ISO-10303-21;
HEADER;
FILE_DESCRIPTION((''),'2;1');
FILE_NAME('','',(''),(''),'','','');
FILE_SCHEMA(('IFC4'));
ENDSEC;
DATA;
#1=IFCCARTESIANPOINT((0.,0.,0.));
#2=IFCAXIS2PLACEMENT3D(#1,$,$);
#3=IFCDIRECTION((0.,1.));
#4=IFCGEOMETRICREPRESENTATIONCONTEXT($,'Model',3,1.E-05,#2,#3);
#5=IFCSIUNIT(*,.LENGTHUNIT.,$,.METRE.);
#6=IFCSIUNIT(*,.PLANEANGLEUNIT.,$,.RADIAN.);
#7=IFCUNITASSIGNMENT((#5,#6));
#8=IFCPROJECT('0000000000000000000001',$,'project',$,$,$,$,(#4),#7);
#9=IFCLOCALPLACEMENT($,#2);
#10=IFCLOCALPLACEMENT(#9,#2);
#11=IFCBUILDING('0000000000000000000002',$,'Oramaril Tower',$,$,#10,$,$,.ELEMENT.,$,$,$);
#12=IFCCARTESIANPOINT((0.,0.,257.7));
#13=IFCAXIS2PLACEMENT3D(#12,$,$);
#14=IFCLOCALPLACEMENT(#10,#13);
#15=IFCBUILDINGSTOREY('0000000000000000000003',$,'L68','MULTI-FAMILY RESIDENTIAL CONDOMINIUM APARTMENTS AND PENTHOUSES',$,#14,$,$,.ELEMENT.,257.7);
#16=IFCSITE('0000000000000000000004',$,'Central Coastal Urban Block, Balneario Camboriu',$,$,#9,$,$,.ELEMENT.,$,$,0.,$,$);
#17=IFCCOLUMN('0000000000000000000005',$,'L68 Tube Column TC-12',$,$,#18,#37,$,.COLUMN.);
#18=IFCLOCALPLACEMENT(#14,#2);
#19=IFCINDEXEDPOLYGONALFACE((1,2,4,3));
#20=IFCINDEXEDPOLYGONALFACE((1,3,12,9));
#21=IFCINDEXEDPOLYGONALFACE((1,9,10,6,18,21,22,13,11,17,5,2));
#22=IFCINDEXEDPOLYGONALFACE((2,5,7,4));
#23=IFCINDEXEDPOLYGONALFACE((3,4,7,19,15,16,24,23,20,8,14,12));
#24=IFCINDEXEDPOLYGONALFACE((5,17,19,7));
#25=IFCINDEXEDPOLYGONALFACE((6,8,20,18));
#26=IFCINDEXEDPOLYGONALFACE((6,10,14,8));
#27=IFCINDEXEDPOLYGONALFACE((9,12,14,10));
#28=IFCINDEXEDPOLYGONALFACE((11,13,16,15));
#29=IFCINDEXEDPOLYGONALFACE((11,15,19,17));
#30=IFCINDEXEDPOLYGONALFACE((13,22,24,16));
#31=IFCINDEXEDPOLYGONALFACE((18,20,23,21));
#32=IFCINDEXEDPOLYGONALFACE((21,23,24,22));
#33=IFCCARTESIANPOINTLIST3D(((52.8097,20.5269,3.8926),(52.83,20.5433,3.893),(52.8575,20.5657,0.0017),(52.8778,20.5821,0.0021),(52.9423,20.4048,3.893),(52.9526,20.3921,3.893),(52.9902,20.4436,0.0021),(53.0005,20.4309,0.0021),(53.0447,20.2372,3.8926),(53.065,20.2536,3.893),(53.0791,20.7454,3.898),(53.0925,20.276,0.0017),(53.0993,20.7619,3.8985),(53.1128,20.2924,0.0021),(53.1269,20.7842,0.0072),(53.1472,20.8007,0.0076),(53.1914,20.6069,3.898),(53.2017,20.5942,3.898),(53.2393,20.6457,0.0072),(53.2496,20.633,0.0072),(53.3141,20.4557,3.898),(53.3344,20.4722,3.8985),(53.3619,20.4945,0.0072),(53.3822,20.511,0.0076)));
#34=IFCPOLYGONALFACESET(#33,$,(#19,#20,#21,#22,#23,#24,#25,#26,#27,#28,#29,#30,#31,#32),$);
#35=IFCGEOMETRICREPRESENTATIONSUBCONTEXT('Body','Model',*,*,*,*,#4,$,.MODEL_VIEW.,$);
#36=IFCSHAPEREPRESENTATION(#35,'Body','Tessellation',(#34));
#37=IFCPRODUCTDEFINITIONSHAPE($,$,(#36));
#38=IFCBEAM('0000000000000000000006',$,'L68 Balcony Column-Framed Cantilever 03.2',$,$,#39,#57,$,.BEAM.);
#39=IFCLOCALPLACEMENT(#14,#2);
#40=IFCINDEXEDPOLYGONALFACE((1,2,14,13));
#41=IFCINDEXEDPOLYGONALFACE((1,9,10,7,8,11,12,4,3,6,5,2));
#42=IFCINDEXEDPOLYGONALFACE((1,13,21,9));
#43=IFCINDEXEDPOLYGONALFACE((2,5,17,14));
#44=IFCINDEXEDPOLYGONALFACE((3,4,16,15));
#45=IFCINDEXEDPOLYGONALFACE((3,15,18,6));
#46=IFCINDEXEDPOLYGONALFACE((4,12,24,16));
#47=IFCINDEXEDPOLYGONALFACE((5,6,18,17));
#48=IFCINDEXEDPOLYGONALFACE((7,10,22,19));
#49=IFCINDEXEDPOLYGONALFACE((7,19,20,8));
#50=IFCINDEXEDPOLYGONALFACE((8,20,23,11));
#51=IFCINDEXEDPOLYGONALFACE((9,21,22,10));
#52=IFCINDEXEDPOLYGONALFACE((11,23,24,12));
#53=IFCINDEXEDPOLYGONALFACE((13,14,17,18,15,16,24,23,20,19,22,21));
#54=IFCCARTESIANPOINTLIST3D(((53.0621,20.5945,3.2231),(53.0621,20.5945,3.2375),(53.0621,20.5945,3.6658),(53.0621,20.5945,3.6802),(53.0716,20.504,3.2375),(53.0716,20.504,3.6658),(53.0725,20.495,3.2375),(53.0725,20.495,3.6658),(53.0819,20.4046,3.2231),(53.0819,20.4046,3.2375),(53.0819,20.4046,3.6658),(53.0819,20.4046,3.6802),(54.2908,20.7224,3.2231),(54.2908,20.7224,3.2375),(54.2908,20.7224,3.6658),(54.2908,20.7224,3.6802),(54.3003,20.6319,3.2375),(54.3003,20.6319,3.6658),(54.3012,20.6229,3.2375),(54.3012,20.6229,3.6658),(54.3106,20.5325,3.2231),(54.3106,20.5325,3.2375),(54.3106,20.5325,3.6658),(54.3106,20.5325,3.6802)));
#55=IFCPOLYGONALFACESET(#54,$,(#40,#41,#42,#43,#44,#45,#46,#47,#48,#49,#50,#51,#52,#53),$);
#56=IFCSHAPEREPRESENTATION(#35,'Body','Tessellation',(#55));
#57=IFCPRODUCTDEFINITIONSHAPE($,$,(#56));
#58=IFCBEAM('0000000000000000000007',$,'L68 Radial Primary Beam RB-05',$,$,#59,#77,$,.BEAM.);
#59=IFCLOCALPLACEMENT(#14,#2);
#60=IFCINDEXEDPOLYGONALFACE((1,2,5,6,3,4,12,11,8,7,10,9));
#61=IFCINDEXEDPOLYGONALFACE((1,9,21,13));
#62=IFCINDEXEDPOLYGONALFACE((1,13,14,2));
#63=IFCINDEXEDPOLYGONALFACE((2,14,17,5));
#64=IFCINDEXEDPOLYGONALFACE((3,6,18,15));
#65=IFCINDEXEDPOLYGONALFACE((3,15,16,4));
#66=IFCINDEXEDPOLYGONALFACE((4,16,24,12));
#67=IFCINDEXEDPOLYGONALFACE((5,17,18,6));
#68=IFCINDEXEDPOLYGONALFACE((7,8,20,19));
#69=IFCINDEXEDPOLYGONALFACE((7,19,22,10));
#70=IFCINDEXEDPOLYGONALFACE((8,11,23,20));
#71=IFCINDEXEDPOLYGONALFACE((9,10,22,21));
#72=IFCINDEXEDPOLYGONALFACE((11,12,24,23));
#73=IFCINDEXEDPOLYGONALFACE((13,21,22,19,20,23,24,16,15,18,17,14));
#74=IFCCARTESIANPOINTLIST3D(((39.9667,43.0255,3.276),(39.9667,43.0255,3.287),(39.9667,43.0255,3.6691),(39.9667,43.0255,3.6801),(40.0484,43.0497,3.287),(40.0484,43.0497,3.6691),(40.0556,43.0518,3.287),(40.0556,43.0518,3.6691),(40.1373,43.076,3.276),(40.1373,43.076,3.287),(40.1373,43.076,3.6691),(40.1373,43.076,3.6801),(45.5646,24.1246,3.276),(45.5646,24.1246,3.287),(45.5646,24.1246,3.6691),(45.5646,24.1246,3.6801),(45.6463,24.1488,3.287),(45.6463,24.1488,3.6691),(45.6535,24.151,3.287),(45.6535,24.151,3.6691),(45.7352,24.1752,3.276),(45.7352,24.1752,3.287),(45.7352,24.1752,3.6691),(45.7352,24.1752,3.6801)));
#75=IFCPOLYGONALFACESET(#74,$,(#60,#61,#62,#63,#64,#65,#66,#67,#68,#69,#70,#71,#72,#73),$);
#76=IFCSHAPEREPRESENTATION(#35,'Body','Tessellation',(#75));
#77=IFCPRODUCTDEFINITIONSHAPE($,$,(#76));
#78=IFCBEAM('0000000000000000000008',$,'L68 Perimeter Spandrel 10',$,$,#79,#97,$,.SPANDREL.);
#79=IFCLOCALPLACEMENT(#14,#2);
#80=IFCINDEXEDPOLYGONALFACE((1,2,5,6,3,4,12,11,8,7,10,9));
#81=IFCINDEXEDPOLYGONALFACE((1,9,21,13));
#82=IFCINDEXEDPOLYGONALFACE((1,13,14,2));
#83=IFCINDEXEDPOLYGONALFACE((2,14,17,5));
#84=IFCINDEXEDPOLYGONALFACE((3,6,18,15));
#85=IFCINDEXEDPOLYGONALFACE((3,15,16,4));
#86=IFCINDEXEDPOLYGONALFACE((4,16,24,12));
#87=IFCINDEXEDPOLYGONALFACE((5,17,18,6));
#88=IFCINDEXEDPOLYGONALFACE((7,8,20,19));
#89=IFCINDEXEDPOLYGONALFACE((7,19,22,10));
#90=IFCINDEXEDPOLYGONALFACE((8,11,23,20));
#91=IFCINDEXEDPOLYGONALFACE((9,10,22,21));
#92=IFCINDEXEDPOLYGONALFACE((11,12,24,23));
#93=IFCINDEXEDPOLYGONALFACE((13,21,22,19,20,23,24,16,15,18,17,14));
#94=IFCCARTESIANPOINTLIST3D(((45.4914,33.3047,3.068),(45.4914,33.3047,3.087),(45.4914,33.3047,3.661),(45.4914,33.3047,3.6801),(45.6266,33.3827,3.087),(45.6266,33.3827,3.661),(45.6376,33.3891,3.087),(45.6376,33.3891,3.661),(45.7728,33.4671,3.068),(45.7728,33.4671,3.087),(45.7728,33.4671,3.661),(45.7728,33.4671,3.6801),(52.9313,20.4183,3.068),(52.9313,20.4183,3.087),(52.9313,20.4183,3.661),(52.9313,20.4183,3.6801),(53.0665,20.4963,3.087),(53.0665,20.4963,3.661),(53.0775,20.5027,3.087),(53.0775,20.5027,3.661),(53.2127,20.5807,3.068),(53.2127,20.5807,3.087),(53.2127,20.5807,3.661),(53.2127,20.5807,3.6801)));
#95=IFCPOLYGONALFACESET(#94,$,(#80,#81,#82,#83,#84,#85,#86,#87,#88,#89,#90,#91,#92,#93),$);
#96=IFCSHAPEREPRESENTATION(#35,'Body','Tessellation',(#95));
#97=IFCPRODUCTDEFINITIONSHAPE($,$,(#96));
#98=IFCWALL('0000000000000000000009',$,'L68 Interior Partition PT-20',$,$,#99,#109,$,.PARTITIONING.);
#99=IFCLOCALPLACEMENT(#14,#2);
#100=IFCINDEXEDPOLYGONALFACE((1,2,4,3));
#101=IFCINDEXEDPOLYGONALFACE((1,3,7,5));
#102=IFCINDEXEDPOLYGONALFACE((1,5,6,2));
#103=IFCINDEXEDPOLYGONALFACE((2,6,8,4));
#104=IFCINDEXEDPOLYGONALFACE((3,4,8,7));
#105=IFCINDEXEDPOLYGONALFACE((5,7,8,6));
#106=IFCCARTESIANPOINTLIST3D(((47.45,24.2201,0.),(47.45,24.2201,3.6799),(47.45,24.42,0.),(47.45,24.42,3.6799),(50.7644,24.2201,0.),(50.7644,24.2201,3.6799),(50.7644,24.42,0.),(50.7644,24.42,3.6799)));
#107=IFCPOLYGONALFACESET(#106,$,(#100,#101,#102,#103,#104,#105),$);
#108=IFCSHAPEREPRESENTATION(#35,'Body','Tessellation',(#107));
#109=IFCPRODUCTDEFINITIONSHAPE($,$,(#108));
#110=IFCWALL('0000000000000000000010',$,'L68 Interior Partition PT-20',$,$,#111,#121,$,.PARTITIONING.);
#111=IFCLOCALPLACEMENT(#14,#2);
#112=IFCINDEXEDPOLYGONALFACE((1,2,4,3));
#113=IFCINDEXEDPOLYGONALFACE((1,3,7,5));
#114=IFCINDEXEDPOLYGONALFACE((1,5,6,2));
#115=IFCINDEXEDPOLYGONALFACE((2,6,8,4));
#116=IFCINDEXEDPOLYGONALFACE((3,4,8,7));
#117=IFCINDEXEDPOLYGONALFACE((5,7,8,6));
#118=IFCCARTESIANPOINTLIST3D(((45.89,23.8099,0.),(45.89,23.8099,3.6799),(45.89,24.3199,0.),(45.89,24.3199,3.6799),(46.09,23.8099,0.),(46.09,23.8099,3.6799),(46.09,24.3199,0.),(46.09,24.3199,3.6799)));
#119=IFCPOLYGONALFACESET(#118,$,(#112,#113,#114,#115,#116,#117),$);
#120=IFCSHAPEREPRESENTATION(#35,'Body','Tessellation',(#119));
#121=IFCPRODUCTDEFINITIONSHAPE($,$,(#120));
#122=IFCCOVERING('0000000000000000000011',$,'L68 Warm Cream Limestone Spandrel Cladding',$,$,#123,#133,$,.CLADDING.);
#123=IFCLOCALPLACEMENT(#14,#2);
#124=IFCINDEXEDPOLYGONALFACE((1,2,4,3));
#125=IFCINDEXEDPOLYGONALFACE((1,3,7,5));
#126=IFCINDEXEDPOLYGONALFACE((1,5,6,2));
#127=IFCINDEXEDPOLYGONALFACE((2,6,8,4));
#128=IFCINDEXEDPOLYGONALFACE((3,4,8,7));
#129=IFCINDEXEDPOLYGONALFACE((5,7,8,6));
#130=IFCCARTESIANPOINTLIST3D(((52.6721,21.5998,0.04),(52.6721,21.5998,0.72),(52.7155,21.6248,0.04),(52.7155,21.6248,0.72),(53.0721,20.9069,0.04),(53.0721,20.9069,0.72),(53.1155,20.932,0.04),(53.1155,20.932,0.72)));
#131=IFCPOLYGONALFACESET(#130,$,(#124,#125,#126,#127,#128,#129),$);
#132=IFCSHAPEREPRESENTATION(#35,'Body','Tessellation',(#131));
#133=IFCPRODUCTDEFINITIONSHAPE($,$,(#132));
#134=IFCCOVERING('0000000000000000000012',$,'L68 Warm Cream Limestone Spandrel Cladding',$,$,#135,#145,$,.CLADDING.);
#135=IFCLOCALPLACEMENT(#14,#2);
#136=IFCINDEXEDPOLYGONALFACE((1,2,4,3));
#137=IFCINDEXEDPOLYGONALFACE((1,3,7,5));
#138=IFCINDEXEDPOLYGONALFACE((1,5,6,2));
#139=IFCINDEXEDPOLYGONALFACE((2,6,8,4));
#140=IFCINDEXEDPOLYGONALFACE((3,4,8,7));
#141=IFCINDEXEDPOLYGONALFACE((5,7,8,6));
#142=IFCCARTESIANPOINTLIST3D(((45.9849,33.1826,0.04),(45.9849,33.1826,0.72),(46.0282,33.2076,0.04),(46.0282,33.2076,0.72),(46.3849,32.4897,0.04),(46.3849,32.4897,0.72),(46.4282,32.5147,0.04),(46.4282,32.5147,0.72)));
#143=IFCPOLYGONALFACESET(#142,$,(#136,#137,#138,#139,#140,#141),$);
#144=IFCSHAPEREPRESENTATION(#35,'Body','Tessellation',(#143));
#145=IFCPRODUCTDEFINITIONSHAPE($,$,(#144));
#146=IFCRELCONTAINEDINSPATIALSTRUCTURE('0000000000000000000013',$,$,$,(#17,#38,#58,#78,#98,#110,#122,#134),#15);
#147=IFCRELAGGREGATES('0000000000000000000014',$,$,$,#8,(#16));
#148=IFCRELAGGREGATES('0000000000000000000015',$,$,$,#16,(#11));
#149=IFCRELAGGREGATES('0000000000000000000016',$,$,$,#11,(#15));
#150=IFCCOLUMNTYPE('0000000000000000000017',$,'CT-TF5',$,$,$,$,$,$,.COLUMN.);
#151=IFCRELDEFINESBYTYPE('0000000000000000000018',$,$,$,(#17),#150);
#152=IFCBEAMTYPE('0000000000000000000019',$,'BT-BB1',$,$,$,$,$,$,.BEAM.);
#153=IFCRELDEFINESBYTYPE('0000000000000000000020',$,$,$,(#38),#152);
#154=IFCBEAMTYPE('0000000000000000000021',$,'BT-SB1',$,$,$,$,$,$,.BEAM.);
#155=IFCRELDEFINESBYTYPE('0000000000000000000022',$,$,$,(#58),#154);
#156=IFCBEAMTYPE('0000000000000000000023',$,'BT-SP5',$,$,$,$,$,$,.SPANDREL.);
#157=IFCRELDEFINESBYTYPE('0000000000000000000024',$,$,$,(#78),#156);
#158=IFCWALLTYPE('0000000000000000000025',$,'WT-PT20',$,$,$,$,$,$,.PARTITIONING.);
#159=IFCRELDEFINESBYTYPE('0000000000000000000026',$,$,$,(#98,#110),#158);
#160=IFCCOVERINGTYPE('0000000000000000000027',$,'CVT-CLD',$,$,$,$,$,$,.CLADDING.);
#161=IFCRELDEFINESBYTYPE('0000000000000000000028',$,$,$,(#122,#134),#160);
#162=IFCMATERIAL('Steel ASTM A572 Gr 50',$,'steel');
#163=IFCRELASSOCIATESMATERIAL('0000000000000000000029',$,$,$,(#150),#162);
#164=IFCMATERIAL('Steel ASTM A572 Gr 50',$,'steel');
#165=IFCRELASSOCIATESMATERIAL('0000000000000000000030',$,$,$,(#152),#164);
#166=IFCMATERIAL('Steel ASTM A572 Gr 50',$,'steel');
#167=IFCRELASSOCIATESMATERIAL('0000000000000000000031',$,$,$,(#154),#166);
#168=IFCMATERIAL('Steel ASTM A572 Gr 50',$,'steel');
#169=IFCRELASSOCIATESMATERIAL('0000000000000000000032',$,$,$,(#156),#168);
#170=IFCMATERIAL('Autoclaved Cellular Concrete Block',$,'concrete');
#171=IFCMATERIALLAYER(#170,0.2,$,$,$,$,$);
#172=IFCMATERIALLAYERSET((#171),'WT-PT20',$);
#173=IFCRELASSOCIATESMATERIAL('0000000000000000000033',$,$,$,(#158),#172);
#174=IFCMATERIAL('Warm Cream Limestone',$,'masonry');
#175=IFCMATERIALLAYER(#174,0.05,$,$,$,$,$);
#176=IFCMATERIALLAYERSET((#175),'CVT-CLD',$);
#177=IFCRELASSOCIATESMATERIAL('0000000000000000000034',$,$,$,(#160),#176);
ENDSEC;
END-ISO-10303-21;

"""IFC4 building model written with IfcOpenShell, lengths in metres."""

from ifc_helpers import new_model, si_unit, direction, frame, frame_2d, origin, origin_2d, place, context, subcontext, project, spatial, rectangle, i_section, extrude, material, layer, layer_set, material_profile, profile_set, type_object, element, save


model = new_model("IFC4")

# Units and contexts
model_context = context("Model", 3, precision=1e-05, world=origin(), true_north=direction((0.0, 1.0)))
body_context = subcontext(model_context, "Body", "Model", "MODEL_VIEW")
ifc_project = project(units=[si_unit("LENGTHUNIT", "METRE"), si_unit("PLANEANGLEUNIT", "RADIAN")], contexts=[model_context])

# Site, building, storey
site_placement = place(None, origin())
site = spatial("IfcSite", under=ifc_project, at=site_placement, Name="Central Coastal Urban Block, Balneario Camboriu", CompositionType="ELEMENT", RefElevation=0.0)
building_placement = place(site_placement, origin())
building = spatial("IfcBuilding", under=site, at=building_placement, Name="Oramaril Tower", CompositionType="ELEMENT")
storey_placement = place(building_placement, frame((0.0, 0.0, 257.7)))
storey = spatial("IfcBuildingStorey", under=building, at=storey_placement, Name="L68", Description="MULTI-FAMILY RESIDENTIAL CONDOMINIUM APARTMENTS AND PENTHOUSES", CompositionType="ELEMENT", Elevation=257.7)

# Column
ifc_material_1 = material(Name="Steel ASTM A572 Gr 50", Category="steel")
ifc_material_profile_1 = material_profile(ifc_material_1, i_section(OverallWidth=0.373, OverallDepth=0.373, WebThickness=0.0164, FlangeThickness=0.0261, at=origin_2d()), Name="W14X132")
ifc_profile_set_1 = profile_set([ifc_material_profile_1], Name="Steel ASTM A572 Gr 50")
column_type = type_object("IfcColumnType", Name="CT-TF5", PredefinedType="COLUMN", material=ifc_profile_set_1)
column_placement = place(storey_placement, frame((53.1199, 20.5383, 0.0046), z_axis=(-0.012297, -0.009976, 0.999875), x_axis=(0.629996, -0.776599, 0.0)))
element("IfcColumn", 1, at=column_placement, inside=storey, type_object=column_type, Name="L68 Tube Column TC-12", PredefinedType="COLUMN", context=body_context, shape_type="SweptSolid", body=[
    extrude(i_section(OverallWidth=0.373, OverallDepth=0.373, WebThickness=0.0164, FlangeThickness=0.0261, at=origin_2d()), origin(), (0.0, 0.0, 1.0), 3.8914),
])

# Beams
ifc_material_2 = material(Name="Steel ASTM A572 Gr 50", Category="steel")
ifc_material_profile_2 = material_profile(ifc_material_2, i_section(OverallWidth=0.1909, OverallDepth=0.457, WebThickness=0.009, FlangeThickness=0.0144, at=origin_2d()), Name="W18X50")
ifc_profile_set_2 = profile_set([ifc_material_profile_2], Name="Steel ASTM A572 Gr 50")
beam_type_1 = type_object("IfcBeamType", Name="BT-BB1", PredefinedType="BEAM", material=ifc_profile_set_2)
beam_1_placement = place(storey_placement, frame((53.072, 20.4995, 3.4517), z_axis=(0.994624, 0.103553, 0.0), x_axis=(-0.103553, 0.994624, 0.0)))
element("IfcBeam", 2, at=beam_1_placement, inside=storey, type_object=beam_type_1, Name="L68 Balcony Column-Framed Cantilever 03.2", PredefinedType="BEAM", context=body_context, shape_type="SweptSolid", body=[
    extrude(i_section(OverallWidth=0.1909, OverallDepth=0.457, WebThickness=0.009, FlangeThickness=0.0144, at=origin_2d()), origin(), (0.0, 0.0, 1.0), 1.2354),
])
ifc_material_3 = material(Name="Steel ASTM A572 Gr 50", Category="steel")
ifc_material_profile_3 = material_profile(ifc_material_3, i_section(OverallWidth=0.178, OverallDepth=0.4041, WebThickness=0.0076, FlangeThickness=0.011, at=origin_2d()), Name="W16X36")
ifc_profile_set_3 = profile_set([ifc_material_profile_3], Name="Steel ASTM A572 Gr 50")
beam_type_2 = type_object("IfcBeamType", Name="BT-SB1", PredefinedType="BEAM", material=ifc_profile_set_3)
beam_2_placement = place(storey_placement, frame((45.6499, 24.1499, 3.478), z_axis=(-0.283978, 0.958831, 0.0), x_axis=(-0.958831, -0.283978, 0.0)))
element("IfcBeam", 3, at=beam_2_placement, inside=storey, type_object=beam_type_2, Name="L68 Radial Primary Beam RB-05", PredefinedType="BEAM", context=body_context, shape_type="SweptSolid", body=[
    extrude(i_section(OverallWidth=0.178, OverallDepth=0.4041, WebThickness=0.0076, FlangeThickness=0.011, at=origin_2d()), origin(), (0.0, 0.0, 1.0), 19.7124),
])
ifc_material_4 = material(Name="Steel ASTM A572 Gr 50", Category="steel")
ifc_material_profile_4 = material_profile(ifc_material_4, i_section(OverallWidth=0.325, OverallDepth=0.6121, WebThickness=0.0127, FlangeThickness=0.019, at=origin_2d()), Name="W24X104")
ifc_profile_set_4 = profile_set([ifc_material_profile_4], Name="Steel ASTM A572 Gr 50")
beam_type_3 = type_object("IfcBeamType", Name="BT-SP5", PredefinedType="SPANDREL", material=ifc_profile_set_4)
beam_3_placement = place(storey_placement, frame((53.072, 20.4995, 3.374), z_axis=(-0.499997, 0.866027, 0.0), x_axis=(-0.866027, -0.499997, 0.0)))
element("IfcBeam", 4, at=beam_3_placement, inside=storey, type_object=beam_type_3, Name="L68 Perimeter Spandrel 10", PredefinedType="SPANDREL", context=body_context, shape_type="SweptSolid", body=[
    extrude(i_section(OverallWidth=0.325, OverallDepth=0.6121, WebThickness=0.0127, FlangeThickness=0.019, at=origin_2d()), origin(), (0.0, 0.0, 1.0), 14.8799),
])

# Walls
ifc_material_5 = material(Name="Autoclaved Cellular Concrete Block", Category="concrete")
ifc_layer_1 = layer(ifc_material_5, 0.2)
ifc_layer_set_1 = layer_set([ifc_layer_1], Name="WT-PT20")
wall_type = type_object("IfcWallType", Name="WT-PT20", PredefinedType="PARTITIONING", material=ifc_layer_set_1)
wall_1_placement = place(storey_placement, frame((47.45, 24.3201, 0.0), z_axis=(0.0, 0.0, 1.0), x_axis=(1.0, 0.0, 0.0)))
element("IfcWall", 5, at=wall_1_placement, inside=storey, type_object=wall_type, Name="L68 Interior Partition PT-20", PredefinedType="PARTITIONING", context=body_context, shape_type="SweptSolid", body=[
    extrude(rectangle(XDim=3.3145, YDim=0.2, at=frame_2d((1.6572, 0.0))), origin(), (0.0, 0.0, 1.0), 3.6799),
])
wall_2_placement = place(storey_placement, frame((45.99, 23.8101, 0.0), z_axis=(0.0, 0.0, 1.0), x_axis=(0.0, 1.0, 0.0)))
element("IfcWall", 6, at=wall_2_placement, inside=storey, type_object=wall_type, Name="L68 Interior Partition PT-20", PredefinedType="PARTITIONING", context=body_context, shape_type="SweptSolid", body=[
    extrude(rectangle(XDim=0.51, YDim=0.2, at=frame_2d((0.2549, 0.0))), origin(), (0.0, 0.0, 1.0), 3.6799),
])

# Coverings
ifc_material_6 = material(Name="Warm Cream Limestone", Category="masonry")
ifc_layer_2 = layer(ifc_material_6, 0.05)
ifc_layer_set_2 = layer_set([ifc_layer_2], Name="CVT-CLD")
covering_type = type_object("IfcCoveringType", Name="CVT-CLD", PredefinedType="CLADDING", material=ifc_layer_set_2)
for number, where, z_axis, x_axis, name in (
    (7, (52.8938, 21.2659, 0.04), (0.0, 0.0, 1.0), (-0.5, 0.866025, 0.0), "L68 Warm Cream Limestone Spandrel Cladding"),
    (8, (46.2065, 32.8486, 0.04), (0.0, 0.0, 1.0), (-0.5, 0.866025, 0.0), "L68 Warm Cream Limestone Spandrel Cladding"),
):
    element("IfcCovering", number, at=place(storey_placement, frame(where, z_axis=z_axis, x_axis=x_axis)), inside=storey, type_object=covering_type, Name=name, PredefinedType="CLADDING", context=body_context, shape_type="SweptSolid", body=[
        extrude(rectangle(XDim=0.8, YDim=0.05, at=origin_2d()), origin(), (0.0, 0.0, 1.0), 0.6799),
    ])

save(model, "model.ifc")
